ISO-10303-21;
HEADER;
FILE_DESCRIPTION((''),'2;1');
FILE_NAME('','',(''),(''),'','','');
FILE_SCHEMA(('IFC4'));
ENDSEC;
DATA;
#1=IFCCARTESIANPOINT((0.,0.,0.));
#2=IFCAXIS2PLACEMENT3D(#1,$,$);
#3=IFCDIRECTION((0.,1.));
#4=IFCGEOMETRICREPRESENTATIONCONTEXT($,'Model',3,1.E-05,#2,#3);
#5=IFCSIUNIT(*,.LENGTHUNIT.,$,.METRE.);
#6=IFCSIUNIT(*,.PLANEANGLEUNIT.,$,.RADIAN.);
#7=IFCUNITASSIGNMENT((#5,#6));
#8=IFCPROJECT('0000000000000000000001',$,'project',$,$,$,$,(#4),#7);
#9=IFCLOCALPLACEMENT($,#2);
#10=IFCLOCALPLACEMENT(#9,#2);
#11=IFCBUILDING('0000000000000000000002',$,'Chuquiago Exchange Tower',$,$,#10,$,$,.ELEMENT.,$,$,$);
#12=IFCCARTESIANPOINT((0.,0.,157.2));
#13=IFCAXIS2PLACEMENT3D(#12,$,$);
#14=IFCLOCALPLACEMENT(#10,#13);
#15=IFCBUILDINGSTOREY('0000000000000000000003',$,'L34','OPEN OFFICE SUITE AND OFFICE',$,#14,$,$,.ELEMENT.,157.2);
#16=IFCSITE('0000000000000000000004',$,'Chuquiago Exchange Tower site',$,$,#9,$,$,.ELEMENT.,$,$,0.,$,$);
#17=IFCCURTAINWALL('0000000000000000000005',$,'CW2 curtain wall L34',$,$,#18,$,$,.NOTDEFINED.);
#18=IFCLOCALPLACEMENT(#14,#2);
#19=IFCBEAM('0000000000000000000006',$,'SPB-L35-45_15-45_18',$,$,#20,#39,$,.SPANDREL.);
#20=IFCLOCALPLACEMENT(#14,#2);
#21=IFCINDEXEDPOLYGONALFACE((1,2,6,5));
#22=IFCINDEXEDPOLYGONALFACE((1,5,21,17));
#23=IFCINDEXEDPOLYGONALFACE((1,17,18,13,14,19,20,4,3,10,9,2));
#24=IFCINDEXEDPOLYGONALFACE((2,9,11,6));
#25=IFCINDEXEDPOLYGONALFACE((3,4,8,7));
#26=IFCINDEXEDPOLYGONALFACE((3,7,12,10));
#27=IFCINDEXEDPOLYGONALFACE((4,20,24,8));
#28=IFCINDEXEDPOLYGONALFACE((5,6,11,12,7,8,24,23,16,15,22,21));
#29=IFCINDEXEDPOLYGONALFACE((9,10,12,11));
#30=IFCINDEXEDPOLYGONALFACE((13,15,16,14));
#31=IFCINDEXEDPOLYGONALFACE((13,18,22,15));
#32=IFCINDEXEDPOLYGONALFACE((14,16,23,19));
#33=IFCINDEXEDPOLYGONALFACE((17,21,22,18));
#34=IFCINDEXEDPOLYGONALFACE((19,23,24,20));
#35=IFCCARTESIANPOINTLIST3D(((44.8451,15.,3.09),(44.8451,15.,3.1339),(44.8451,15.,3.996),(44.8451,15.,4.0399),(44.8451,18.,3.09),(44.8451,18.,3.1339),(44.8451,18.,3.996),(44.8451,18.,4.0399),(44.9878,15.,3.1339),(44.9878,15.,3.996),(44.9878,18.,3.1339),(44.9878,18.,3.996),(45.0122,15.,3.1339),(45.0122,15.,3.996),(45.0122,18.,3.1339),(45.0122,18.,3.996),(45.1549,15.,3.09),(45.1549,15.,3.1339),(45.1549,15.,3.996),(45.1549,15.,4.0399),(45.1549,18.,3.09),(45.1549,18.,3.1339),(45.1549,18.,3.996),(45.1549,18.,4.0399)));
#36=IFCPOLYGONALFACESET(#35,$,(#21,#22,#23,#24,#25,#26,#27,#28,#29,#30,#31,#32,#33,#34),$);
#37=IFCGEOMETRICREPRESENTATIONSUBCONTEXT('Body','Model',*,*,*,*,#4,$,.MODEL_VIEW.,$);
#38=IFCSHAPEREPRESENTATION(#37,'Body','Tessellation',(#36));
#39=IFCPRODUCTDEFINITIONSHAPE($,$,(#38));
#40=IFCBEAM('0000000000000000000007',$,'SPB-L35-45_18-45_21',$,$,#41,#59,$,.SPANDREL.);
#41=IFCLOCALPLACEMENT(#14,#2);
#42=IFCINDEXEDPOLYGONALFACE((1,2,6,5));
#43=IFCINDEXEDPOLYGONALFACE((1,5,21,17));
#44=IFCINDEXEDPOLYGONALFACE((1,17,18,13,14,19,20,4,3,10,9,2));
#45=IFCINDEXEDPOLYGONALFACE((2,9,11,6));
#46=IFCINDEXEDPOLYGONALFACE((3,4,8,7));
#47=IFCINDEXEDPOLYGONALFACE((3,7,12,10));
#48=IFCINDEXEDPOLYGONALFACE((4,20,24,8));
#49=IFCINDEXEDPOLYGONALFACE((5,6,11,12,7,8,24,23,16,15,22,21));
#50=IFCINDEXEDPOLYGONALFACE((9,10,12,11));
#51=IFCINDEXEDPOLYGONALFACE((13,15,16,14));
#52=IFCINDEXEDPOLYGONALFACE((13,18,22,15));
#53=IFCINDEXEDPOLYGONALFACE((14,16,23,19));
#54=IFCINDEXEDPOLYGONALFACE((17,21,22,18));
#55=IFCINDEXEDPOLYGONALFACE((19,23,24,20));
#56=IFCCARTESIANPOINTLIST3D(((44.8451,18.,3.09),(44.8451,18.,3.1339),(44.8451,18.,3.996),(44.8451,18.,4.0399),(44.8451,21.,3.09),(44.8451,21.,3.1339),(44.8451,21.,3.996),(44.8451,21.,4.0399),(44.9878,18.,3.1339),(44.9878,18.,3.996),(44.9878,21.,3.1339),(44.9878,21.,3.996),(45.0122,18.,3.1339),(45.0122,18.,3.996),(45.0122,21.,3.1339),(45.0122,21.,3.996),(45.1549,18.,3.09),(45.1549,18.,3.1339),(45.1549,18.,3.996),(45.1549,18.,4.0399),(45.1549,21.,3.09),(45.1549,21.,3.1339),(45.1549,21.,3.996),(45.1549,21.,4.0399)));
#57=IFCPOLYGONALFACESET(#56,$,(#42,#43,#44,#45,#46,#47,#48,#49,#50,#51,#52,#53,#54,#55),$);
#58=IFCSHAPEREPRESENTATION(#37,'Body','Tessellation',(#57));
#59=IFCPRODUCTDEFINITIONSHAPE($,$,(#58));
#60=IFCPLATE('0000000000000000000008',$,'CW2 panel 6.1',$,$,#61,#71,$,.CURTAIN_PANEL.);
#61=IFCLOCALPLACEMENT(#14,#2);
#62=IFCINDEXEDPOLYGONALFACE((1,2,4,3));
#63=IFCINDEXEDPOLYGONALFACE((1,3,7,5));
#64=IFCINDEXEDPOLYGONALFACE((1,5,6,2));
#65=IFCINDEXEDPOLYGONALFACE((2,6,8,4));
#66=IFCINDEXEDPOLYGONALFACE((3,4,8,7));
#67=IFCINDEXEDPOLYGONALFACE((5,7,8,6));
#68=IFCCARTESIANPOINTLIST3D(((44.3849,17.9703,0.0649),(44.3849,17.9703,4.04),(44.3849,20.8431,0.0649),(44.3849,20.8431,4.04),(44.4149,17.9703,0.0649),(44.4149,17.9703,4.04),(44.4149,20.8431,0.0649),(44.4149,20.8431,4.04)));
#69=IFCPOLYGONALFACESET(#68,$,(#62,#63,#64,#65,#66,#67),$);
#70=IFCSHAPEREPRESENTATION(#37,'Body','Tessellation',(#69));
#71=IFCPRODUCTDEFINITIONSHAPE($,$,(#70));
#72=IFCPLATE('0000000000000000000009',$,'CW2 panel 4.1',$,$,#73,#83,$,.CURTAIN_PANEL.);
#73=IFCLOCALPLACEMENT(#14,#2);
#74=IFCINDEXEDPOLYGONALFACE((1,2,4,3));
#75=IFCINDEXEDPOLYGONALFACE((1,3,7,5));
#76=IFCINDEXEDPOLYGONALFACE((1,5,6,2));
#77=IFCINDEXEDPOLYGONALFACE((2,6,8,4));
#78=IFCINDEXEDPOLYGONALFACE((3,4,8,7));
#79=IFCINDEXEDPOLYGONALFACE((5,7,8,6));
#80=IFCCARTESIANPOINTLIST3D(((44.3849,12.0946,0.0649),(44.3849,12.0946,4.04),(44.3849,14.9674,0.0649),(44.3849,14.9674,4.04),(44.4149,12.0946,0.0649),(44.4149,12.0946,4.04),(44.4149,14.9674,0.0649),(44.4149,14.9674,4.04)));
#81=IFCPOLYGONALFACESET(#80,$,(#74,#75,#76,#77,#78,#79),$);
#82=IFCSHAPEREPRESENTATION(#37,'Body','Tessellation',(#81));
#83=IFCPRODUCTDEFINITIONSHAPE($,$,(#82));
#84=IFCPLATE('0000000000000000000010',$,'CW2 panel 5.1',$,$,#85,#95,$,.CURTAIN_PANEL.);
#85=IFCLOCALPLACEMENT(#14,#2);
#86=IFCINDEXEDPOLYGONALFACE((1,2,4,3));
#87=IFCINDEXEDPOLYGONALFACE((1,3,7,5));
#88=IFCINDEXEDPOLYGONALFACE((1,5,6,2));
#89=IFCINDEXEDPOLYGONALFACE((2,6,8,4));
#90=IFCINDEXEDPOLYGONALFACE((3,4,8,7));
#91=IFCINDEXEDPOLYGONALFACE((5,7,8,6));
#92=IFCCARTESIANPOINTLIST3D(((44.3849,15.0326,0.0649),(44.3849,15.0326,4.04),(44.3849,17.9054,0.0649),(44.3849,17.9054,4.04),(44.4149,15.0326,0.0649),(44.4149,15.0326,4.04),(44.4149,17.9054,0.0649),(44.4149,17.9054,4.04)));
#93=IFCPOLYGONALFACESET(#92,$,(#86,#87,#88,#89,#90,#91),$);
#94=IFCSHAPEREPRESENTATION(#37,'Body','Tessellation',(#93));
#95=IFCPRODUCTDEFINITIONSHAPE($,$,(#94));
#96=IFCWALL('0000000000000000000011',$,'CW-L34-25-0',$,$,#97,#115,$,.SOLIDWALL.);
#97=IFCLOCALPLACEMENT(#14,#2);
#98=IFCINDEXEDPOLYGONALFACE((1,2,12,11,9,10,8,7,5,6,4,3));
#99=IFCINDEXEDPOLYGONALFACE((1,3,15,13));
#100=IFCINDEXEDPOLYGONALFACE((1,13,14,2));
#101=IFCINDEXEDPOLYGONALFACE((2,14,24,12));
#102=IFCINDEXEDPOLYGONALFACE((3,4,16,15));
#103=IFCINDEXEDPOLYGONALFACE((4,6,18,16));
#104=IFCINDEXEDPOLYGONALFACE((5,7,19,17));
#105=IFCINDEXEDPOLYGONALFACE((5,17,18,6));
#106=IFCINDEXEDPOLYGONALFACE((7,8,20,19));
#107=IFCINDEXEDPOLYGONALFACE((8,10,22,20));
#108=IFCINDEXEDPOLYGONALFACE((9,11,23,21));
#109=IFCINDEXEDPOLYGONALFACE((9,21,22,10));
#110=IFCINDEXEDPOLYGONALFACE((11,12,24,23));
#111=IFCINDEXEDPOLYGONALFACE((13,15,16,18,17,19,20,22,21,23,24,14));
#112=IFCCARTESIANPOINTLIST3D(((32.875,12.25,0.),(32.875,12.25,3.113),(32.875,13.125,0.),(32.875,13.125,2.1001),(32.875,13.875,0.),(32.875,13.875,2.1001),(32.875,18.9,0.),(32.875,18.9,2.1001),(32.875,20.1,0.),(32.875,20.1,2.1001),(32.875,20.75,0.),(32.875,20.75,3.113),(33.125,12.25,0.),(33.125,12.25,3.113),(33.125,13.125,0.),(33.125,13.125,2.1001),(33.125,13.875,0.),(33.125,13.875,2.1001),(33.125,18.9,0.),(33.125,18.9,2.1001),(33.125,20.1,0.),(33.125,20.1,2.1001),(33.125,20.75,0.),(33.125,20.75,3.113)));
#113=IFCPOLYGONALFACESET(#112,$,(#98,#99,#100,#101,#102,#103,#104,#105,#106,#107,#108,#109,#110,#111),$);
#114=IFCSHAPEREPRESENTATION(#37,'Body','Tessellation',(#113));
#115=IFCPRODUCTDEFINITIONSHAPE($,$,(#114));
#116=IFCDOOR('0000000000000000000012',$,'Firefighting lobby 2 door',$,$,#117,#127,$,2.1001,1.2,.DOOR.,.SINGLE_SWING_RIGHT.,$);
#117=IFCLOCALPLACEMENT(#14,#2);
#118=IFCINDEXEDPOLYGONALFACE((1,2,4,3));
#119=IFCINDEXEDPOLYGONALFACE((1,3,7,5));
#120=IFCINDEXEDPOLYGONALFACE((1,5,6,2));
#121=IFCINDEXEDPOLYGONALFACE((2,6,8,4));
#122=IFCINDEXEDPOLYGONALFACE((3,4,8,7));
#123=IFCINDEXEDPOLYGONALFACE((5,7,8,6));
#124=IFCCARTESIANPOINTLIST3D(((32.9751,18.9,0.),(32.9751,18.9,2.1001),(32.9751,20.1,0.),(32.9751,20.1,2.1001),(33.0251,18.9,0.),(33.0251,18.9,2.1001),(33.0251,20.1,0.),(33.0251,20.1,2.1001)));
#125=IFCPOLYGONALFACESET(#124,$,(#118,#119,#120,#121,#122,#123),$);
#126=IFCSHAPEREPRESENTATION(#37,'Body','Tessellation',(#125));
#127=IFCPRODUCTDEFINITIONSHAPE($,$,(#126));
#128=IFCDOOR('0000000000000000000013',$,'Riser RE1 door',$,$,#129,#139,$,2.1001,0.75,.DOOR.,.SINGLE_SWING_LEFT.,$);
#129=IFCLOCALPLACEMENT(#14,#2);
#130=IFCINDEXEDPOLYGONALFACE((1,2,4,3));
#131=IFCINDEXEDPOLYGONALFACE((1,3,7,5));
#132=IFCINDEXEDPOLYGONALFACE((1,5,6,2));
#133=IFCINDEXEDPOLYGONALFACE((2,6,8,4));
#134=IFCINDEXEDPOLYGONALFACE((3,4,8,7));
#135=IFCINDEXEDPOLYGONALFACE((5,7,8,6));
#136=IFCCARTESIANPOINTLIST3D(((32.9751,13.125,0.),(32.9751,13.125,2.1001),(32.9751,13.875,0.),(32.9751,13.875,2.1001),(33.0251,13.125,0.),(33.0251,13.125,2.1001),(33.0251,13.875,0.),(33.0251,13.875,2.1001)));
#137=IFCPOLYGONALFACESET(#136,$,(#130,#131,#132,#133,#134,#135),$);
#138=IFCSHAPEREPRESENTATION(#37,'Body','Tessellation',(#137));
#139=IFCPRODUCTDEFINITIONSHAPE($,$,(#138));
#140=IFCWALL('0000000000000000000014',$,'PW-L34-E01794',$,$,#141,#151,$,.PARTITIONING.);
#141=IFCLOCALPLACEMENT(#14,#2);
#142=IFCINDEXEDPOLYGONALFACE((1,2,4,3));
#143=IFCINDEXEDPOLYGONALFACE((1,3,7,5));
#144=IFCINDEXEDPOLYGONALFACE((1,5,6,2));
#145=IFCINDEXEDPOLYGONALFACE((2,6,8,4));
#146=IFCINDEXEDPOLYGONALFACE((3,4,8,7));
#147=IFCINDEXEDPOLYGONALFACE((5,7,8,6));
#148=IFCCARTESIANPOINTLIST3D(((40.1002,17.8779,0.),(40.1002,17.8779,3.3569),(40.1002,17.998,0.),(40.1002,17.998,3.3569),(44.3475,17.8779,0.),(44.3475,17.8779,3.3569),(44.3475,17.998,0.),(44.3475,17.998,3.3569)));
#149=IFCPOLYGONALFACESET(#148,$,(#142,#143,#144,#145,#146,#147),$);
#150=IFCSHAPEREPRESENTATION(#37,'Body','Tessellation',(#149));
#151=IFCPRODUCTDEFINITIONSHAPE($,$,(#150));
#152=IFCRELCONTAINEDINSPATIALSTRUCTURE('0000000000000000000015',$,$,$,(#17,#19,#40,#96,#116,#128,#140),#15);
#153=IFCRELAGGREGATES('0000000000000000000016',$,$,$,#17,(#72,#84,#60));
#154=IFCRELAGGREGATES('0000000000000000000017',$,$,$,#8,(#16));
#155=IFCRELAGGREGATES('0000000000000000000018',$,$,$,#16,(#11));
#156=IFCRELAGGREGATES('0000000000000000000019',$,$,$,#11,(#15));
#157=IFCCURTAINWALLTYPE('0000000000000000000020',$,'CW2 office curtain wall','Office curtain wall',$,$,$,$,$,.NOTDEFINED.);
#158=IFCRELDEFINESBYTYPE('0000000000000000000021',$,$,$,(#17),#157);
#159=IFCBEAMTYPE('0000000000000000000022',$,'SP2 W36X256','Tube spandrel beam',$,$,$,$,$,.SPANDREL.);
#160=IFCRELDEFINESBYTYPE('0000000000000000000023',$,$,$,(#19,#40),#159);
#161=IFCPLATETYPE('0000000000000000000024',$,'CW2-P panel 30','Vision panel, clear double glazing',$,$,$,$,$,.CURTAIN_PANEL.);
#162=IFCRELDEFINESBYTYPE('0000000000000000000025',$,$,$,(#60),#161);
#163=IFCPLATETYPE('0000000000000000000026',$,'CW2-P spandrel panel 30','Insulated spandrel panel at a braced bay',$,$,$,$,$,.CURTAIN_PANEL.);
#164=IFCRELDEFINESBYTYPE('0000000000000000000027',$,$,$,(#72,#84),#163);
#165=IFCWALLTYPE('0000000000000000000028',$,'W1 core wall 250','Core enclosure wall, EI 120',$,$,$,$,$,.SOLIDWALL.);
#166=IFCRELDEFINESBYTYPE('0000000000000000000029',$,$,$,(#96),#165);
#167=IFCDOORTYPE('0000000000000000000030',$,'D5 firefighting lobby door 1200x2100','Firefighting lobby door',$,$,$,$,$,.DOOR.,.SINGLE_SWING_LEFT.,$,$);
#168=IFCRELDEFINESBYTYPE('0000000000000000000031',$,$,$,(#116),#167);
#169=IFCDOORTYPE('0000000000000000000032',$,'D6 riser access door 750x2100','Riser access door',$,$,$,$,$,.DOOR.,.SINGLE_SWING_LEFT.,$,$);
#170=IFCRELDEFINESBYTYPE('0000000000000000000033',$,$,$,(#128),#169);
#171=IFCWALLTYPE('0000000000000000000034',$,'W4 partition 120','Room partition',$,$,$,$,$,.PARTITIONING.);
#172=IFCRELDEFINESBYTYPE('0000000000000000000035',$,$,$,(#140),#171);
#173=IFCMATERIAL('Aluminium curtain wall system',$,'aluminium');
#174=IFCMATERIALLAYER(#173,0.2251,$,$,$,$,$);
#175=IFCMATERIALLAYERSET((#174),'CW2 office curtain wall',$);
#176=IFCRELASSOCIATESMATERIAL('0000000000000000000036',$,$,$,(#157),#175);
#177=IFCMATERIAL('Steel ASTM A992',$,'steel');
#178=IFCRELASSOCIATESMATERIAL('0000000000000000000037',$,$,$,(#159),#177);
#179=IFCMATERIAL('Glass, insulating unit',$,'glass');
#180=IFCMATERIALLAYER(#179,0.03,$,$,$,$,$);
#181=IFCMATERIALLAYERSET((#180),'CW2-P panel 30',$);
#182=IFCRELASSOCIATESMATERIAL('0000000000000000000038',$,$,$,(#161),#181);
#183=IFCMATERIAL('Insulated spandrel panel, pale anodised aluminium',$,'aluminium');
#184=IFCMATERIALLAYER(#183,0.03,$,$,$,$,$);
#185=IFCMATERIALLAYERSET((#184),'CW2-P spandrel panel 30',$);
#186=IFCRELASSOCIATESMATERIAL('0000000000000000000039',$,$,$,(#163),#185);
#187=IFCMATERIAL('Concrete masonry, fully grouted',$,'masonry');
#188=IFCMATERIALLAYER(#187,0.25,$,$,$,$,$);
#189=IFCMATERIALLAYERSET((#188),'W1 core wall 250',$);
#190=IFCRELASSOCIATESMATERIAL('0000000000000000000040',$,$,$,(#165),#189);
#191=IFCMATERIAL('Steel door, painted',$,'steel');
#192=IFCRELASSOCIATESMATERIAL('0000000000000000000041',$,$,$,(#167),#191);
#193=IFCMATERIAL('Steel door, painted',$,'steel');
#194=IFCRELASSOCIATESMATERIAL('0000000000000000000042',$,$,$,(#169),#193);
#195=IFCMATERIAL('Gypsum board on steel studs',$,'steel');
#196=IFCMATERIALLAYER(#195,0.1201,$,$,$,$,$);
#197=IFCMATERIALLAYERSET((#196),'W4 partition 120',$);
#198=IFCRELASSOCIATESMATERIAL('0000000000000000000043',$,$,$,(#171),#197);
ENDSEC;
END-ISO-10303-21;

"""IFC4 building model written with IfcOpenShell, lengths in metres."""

from ifc_helpers import new_model, si_unit, direction, frame, frame_2d, origin, origin_2d, place, context, subcontext, project, spatial, rectangle, i_section, extrude, material, layer, layer_set, material_profile, profile_set, type_object, element, fill, aggregate, save


model = new_model("IFC4")

# Units and contexts
model_context = context("Model", 3, precision=1e-05, world=origin(), true_north=direction((0.0, 1.0)))
body_context = subcontext(model_context, "Body", "Model", "MODEL_VIEW")
ifc_project = project(units=[si_unit("LENGTHUNIT", "METRE"), si_unit("PLANEANGLEUNIT", "RADIAN")], contexts=[model_context])

# Site, building, storey
site_placement = place(None, origin())
site = spatial("IfcSite", under=ifc_project, at=site_placement, Name="Chuquiago Exchange Tower site", CompositionType="ELEMENT", RefElevation=0.0)
building_placement = place(site_placement, origin())
building = spatial("IfcBuilding", under=site, at=building_placement, Name="Chuquiago Exchange Tower", CompositionType="ELEMENT")
storey_placement = place(building_placement, frame((0.0, 0.0, 157.2)))
storey = spatial("IfcBuildingStorey", under=building, at=storey_placement, Name="L34", Description="OPEN OFFICE SUITE AND OFFICE", CompositionType="ELEMENT", Elevation=157.2)

# Curtain wall
ifc_material_1 = material(Name="Aluminium curtain wall system", Category="aluminium")
ifc_layer_1 = layer(ifc_material_1, 0.2251)
ifc_layer_set_1 = layer_set([ifc_layer_1], Name="CW2 office curtain wall")
curtain_wall_type = type_object("IfcCurtainWallType", Name="CW2 office curtain wall", Description="Office curtain wall", PredefinedType="NOTDEFINED", material=ifc_layer_set_1)
curtain_wall_placement = place(storey_placement, origin())
curtain_wall = element("IfcCurtainWall", 1, at=curtain_wall_placement, inside=storey, type_object=curtain_wall_type, Name="CW2 curtain wall L34", PredefinedType="NOTDEFINED")

# Beams
ifc_material_2 = material(Name="Steel ASTM A992", Category="steel")
ifc_material_profile_1 = material_profile(ifc_material_2, i_section(OverallWidth=0.3098, OverallDepth=0.95, WebThickness=0.0244, FlangeThickness=0.0439, at=origin_2d()), Name="W36X256")
ifc_profile_set_1 = profile_set([ifc_material_profile_1], Name="Steel ASTM A992")
beam_type_1 = type_object("IfcBeamType", Name="SP2 W36X256", Description="Tube spandrel beam", PredefinedType="SPANDREL", material=ifc_profile_set_1)
for number, where, z_axis, x_axis, name in (
    (2, (45.0, 15.0, 3.5649), (0.0, 1.0, 0.0), (-1.0, 0.0, 0.0), "SPB-L35-45_15-45_18"),
    (3, (45.0, 18.0, 3.5649), (0.0, 1.0, 0.0), (-1.0, 0.0, 0.0), "SPB-L35-45_18-45_21"),
):
    element("IfcBeam", number, at=place(storey_placement, frame(where, z_axis=z_axis, x_axis=x_axis)), inside=storey, type_object=beam_type_1, Name=name, PredefinedType="SPANDREL", context=body_context, shape_type="SweptSolid", body=[
        extrude(i_section(OverallWidth=0.3098, OverallDepth=0.95, WebThickness=0.0244, FlangeThickness=0.0439, at=origin_2d()), origin(), (0.0, 0.0, 1.0), 3.0),
    ])

# Plates
ifc_material_3 = material(Name="Glass, insulating unit", Category="glass")
ifc_layer_2 = layer(ifc_material_3, 0.03)
ifc_layer_set_2 = layer_set([ifc_layer_2], Name="CW2-P panel 30")
plate_type_1 = type_object("IfcPlateType", Name="CW2-P panel 30", Description="Vision panel, clear double glazing", PredefinedType="CURTAIN_PANEL", material=ifc_layer_set_2)
plate_1_placement = place(storey_placement, frame((44.3999, 19.4067, 0.0649), z_axis=(0.0, 0.0, 1.0), x_axis=(0.0, 1.0, 0.0)))
plate_1 = element("IfcPlate", 4, at=plate_1_placement, type_object=plate_type_1, Name="CW2 panel 6.1", PredefinedType="CURTAIN_PANEL", context=body_context, shape_type="SweptSolid", body=[
    extrude(rectangle(XDim=2.8728, YDim=0.03, at=origin_2d()), origin(), (0.0, 0.0, 1.0), 3.9751),
])
ifc_material_4 = material(Name="Insulated spandrel panel, pale anodised aluminium", Category="aluminium")
ifc_layer_3 = layer(ifc_material_4, 0.03)
ifc_layer_set_3 = layer_set([ifc_layer_3], Name="CW2-P spandrel panel 30")
plate_type_2 = type_object("IfcPlateType", Name="CW2-P spandrel panel 30", Description="Insulated spandrel panel at a braced bay", PredefinedType="CURTAIN_PANEL", material=ifc_layer_set_3)
plate_2_placement = place(storey_placement, frame((44.3999, 13.531, 0.0649), z_axis=(0.0, 0.0, 1.0), x_axis=(0.0, 1.0, 0.0)))
plate_2 = element("IfcPlate", 5, at=plate_2_placement, type_object=plate_type_2, Name="CW2 panel 4.1", PredefinedType="CURTAIN_PANEL", context=body_context, shape_type="SweptSolid", body=[
    extrude(rectangle(XDim=2.8728, YDim=0.03, at=origin_2d()), origin(), (0.0, 0.0, 1.0), 3.9751),
])
plate_3_placement = place(storey_placement, frame((44.3999, 16.469, 0.0649), z_axis=(0.0, 0.0, 1.0), x_axis=(0.0, 1.0, 0.0)))
plate_3 = element("IfcPlate", 6, at=plate_3_placement, type_object=plate_type_2, Name="CW2 panel 5.1", PredefinedType="CURTAIN_PANEL", context=body_context, shape_type="SweptSolid", body=[
    extrude(rectangle(XDim=2.8728, YDim=0.03, at=origin_2d()), origin(), (0.0, 0.0, 1.0), 3.9751),
])
aggregate(curtain_wall, [plate_2, plate_3, plate_1])

# Wall, openings, doors
ifc_material_5 = material(Name="Concrete masonry, fully grouted", Category="masonry")
ifc_layer_4 = layer(ifc_material_5, 0.25)
ifc_layer_set_4 = layer_set([ifc_layer_4], Name="W1 core wall 250")
wall_type_1 = type_object("IfcWallType", Name="W1 core wall 250", Description="Core enclosure wall, EI 120", PredefinedType="SOLIDWALL", material=ifc_layer_set_4)
wall_1_placement = place(storey_placement, frame((33.0, 12.25, 0.0), z_axis=(0.0, 0.0, 1.0), x_axis=(0.0, 1.0, 0.0)))
wall_1 = element("IfcWall", 7, at=wall_1_placement, inside=storey, type_object=wall_type_1, Name="CW-L34-25-0", PredefinedType="SOLIDWALL", context=body_context, shape_type="SweptSolid", body=[
    extrude(rectangle(XDim=8.5, YDim=0.25, at=frame_2d((4.25, 0.0))), origin(), (0.0, 0.0, 1.0), 3.113),
])
opening_1_placement = place(wall_1_placement, frame((6.6499, 0.0, 0.0)))
opening_1 = element("IfcOpeningElement", 8, at=opening_1_placement, cuts=wall_1, PredefinedType="OPENING", context=body_context, shape_type="SweptSolid", body=[
    extrude(rectangle(XDim=1.2, YDim=2.1001, at=frame_2d((0.6001, 1.05))), frame((0.0, 0.135, 0.0), z_axis=(0.0, -1.0, 0.0), x_axis=(1.0, 0.0, 0.0)), (0.0, 0.0, 1.0), 0.27),
])
opening_2_placement = place(wall_1_placement, frame((0.875, 0.0, 0.0)))
opening_2 = element("IfcOpeningElement", 9, at=opening_2_placement, cuts=wall_1, PredefinedType="OPENING", context=body_context, shape_type="SweptSolid", body=[
    extrude(rectangle(XDim=0.75, YDim=2.1001, at=frame_2d((0.375, 1.05))), frame((0.0, 0.135, 0.0), z_axis=(0.0, -1.0, 0.0), x_axis=(1.0, 0.0, 0.0)), (0.0, 0.0, 1.0), 0.27),
])
ifc_material_6 = material(Name="Steel door, painted", Category="steel")
door_type_1 = type_object("IfcDoorType", Name="D5 firefighting lobby door 1200x2100", Description="Firefighting lobby door", OperationType="SINGLE_SWING_LEFT", PredefinedType="DOOR", material=ifc_material_6)
door_1_placement = place(opening_1_placement, origin())
door_1 = element("IfcDoor", 10, at=door_1_placement, inside=storey, type_object=door_type_1, Name="Firefighting lobby 2 door", OperationType="SINGLE_SWING_RIGHT", OverallHeight=2.1001, OverallWidth=1.2, PredefinedType="DOOR", context=body_context, shape_type="SweptSolid", body=[
    extrude(rectangle(XDim=1.2, YDim=2.1001, at=frame_2d((0.6001, 1.05))), frame((0.0, 0.0249, 0.0), z_axis=(0.0, -1.0, 0.0), x_axis=(1.0, 0.0, 0.0)), (0.0, 0.0, 1.0), 0.05),
])
fill(opening_1, door_1)
ifc_material_7 = material(Name="Steel door, painted", Category="steel")
door_type_2 = type_object("IfcDoorType", Name="D6 riser access door 750x2100", Description="Riser access door", OperationType="SINGLE_SWING_LEFT", PredefinedType="DOOR", material=ifc_material_7)
door_2_placement = place(opening_2_placement, origin())
door_2 = element("IfcDoor", 11, at=door_2_placement, inside=storey, type_object=door_type_2, Name="Riser RE1 door", OperationType="SINGLE_SWING_LEFT", OverallHeight=2.1001, OverallWidth=0.75, PredefinedType="DOOR", context=body_context, shape_type="SweptSolid", body=[
    extrude(rectangle(XDim=0.75, YDim=2.1001, at=frame_2d((0.375, 1.05))), frame((0.0, 0.0249, 0.0), z_axis=(0.0, -1.0, 0.0), x_axis=(1.0, 0.0, 0.0)), (0.0, 0.0, 1.0), 0.05),
])
fill(opening_2, door_2)

# Wall
ifc_material_8 = material(Name="Gypsum board on steel studs", Category="steel")
ifc_layer_5 = layer(ifc_material_8, 0.1201)
ifc_layer_set_5 = layer_set([ifc_layer_5], Name="W4 partition 120")
wall_type_2 = type_object("IfcWallType", Name="W4 partition 120", Description="Room partition", PredefinedType="PARTITIONING", material=ifc_layer_set_5)
wall_2_placement = place(storey_placement, frame((44.3474, 17.938, 0.0), z_axis=(0.0, 0.0, 1.0), x_axis=(-1.0, 0.0, 0.0)))
element("IfcWall", 12, at=wall_2_placement, inside=storey, type_object=wall_type_2, Name="PW-L34-E01794", PredefinedType="PARTITIONING", context=body_context, shape_type="SweptSolid", body=[
    extrude(rectangle(XDim=4.2473, YDim=0.1201, at=frame_2d((2.1235, 0.0))), origin(), (0.0, 0.0, 1.0), 3.3569),
])

save(model, "model.ifc")
